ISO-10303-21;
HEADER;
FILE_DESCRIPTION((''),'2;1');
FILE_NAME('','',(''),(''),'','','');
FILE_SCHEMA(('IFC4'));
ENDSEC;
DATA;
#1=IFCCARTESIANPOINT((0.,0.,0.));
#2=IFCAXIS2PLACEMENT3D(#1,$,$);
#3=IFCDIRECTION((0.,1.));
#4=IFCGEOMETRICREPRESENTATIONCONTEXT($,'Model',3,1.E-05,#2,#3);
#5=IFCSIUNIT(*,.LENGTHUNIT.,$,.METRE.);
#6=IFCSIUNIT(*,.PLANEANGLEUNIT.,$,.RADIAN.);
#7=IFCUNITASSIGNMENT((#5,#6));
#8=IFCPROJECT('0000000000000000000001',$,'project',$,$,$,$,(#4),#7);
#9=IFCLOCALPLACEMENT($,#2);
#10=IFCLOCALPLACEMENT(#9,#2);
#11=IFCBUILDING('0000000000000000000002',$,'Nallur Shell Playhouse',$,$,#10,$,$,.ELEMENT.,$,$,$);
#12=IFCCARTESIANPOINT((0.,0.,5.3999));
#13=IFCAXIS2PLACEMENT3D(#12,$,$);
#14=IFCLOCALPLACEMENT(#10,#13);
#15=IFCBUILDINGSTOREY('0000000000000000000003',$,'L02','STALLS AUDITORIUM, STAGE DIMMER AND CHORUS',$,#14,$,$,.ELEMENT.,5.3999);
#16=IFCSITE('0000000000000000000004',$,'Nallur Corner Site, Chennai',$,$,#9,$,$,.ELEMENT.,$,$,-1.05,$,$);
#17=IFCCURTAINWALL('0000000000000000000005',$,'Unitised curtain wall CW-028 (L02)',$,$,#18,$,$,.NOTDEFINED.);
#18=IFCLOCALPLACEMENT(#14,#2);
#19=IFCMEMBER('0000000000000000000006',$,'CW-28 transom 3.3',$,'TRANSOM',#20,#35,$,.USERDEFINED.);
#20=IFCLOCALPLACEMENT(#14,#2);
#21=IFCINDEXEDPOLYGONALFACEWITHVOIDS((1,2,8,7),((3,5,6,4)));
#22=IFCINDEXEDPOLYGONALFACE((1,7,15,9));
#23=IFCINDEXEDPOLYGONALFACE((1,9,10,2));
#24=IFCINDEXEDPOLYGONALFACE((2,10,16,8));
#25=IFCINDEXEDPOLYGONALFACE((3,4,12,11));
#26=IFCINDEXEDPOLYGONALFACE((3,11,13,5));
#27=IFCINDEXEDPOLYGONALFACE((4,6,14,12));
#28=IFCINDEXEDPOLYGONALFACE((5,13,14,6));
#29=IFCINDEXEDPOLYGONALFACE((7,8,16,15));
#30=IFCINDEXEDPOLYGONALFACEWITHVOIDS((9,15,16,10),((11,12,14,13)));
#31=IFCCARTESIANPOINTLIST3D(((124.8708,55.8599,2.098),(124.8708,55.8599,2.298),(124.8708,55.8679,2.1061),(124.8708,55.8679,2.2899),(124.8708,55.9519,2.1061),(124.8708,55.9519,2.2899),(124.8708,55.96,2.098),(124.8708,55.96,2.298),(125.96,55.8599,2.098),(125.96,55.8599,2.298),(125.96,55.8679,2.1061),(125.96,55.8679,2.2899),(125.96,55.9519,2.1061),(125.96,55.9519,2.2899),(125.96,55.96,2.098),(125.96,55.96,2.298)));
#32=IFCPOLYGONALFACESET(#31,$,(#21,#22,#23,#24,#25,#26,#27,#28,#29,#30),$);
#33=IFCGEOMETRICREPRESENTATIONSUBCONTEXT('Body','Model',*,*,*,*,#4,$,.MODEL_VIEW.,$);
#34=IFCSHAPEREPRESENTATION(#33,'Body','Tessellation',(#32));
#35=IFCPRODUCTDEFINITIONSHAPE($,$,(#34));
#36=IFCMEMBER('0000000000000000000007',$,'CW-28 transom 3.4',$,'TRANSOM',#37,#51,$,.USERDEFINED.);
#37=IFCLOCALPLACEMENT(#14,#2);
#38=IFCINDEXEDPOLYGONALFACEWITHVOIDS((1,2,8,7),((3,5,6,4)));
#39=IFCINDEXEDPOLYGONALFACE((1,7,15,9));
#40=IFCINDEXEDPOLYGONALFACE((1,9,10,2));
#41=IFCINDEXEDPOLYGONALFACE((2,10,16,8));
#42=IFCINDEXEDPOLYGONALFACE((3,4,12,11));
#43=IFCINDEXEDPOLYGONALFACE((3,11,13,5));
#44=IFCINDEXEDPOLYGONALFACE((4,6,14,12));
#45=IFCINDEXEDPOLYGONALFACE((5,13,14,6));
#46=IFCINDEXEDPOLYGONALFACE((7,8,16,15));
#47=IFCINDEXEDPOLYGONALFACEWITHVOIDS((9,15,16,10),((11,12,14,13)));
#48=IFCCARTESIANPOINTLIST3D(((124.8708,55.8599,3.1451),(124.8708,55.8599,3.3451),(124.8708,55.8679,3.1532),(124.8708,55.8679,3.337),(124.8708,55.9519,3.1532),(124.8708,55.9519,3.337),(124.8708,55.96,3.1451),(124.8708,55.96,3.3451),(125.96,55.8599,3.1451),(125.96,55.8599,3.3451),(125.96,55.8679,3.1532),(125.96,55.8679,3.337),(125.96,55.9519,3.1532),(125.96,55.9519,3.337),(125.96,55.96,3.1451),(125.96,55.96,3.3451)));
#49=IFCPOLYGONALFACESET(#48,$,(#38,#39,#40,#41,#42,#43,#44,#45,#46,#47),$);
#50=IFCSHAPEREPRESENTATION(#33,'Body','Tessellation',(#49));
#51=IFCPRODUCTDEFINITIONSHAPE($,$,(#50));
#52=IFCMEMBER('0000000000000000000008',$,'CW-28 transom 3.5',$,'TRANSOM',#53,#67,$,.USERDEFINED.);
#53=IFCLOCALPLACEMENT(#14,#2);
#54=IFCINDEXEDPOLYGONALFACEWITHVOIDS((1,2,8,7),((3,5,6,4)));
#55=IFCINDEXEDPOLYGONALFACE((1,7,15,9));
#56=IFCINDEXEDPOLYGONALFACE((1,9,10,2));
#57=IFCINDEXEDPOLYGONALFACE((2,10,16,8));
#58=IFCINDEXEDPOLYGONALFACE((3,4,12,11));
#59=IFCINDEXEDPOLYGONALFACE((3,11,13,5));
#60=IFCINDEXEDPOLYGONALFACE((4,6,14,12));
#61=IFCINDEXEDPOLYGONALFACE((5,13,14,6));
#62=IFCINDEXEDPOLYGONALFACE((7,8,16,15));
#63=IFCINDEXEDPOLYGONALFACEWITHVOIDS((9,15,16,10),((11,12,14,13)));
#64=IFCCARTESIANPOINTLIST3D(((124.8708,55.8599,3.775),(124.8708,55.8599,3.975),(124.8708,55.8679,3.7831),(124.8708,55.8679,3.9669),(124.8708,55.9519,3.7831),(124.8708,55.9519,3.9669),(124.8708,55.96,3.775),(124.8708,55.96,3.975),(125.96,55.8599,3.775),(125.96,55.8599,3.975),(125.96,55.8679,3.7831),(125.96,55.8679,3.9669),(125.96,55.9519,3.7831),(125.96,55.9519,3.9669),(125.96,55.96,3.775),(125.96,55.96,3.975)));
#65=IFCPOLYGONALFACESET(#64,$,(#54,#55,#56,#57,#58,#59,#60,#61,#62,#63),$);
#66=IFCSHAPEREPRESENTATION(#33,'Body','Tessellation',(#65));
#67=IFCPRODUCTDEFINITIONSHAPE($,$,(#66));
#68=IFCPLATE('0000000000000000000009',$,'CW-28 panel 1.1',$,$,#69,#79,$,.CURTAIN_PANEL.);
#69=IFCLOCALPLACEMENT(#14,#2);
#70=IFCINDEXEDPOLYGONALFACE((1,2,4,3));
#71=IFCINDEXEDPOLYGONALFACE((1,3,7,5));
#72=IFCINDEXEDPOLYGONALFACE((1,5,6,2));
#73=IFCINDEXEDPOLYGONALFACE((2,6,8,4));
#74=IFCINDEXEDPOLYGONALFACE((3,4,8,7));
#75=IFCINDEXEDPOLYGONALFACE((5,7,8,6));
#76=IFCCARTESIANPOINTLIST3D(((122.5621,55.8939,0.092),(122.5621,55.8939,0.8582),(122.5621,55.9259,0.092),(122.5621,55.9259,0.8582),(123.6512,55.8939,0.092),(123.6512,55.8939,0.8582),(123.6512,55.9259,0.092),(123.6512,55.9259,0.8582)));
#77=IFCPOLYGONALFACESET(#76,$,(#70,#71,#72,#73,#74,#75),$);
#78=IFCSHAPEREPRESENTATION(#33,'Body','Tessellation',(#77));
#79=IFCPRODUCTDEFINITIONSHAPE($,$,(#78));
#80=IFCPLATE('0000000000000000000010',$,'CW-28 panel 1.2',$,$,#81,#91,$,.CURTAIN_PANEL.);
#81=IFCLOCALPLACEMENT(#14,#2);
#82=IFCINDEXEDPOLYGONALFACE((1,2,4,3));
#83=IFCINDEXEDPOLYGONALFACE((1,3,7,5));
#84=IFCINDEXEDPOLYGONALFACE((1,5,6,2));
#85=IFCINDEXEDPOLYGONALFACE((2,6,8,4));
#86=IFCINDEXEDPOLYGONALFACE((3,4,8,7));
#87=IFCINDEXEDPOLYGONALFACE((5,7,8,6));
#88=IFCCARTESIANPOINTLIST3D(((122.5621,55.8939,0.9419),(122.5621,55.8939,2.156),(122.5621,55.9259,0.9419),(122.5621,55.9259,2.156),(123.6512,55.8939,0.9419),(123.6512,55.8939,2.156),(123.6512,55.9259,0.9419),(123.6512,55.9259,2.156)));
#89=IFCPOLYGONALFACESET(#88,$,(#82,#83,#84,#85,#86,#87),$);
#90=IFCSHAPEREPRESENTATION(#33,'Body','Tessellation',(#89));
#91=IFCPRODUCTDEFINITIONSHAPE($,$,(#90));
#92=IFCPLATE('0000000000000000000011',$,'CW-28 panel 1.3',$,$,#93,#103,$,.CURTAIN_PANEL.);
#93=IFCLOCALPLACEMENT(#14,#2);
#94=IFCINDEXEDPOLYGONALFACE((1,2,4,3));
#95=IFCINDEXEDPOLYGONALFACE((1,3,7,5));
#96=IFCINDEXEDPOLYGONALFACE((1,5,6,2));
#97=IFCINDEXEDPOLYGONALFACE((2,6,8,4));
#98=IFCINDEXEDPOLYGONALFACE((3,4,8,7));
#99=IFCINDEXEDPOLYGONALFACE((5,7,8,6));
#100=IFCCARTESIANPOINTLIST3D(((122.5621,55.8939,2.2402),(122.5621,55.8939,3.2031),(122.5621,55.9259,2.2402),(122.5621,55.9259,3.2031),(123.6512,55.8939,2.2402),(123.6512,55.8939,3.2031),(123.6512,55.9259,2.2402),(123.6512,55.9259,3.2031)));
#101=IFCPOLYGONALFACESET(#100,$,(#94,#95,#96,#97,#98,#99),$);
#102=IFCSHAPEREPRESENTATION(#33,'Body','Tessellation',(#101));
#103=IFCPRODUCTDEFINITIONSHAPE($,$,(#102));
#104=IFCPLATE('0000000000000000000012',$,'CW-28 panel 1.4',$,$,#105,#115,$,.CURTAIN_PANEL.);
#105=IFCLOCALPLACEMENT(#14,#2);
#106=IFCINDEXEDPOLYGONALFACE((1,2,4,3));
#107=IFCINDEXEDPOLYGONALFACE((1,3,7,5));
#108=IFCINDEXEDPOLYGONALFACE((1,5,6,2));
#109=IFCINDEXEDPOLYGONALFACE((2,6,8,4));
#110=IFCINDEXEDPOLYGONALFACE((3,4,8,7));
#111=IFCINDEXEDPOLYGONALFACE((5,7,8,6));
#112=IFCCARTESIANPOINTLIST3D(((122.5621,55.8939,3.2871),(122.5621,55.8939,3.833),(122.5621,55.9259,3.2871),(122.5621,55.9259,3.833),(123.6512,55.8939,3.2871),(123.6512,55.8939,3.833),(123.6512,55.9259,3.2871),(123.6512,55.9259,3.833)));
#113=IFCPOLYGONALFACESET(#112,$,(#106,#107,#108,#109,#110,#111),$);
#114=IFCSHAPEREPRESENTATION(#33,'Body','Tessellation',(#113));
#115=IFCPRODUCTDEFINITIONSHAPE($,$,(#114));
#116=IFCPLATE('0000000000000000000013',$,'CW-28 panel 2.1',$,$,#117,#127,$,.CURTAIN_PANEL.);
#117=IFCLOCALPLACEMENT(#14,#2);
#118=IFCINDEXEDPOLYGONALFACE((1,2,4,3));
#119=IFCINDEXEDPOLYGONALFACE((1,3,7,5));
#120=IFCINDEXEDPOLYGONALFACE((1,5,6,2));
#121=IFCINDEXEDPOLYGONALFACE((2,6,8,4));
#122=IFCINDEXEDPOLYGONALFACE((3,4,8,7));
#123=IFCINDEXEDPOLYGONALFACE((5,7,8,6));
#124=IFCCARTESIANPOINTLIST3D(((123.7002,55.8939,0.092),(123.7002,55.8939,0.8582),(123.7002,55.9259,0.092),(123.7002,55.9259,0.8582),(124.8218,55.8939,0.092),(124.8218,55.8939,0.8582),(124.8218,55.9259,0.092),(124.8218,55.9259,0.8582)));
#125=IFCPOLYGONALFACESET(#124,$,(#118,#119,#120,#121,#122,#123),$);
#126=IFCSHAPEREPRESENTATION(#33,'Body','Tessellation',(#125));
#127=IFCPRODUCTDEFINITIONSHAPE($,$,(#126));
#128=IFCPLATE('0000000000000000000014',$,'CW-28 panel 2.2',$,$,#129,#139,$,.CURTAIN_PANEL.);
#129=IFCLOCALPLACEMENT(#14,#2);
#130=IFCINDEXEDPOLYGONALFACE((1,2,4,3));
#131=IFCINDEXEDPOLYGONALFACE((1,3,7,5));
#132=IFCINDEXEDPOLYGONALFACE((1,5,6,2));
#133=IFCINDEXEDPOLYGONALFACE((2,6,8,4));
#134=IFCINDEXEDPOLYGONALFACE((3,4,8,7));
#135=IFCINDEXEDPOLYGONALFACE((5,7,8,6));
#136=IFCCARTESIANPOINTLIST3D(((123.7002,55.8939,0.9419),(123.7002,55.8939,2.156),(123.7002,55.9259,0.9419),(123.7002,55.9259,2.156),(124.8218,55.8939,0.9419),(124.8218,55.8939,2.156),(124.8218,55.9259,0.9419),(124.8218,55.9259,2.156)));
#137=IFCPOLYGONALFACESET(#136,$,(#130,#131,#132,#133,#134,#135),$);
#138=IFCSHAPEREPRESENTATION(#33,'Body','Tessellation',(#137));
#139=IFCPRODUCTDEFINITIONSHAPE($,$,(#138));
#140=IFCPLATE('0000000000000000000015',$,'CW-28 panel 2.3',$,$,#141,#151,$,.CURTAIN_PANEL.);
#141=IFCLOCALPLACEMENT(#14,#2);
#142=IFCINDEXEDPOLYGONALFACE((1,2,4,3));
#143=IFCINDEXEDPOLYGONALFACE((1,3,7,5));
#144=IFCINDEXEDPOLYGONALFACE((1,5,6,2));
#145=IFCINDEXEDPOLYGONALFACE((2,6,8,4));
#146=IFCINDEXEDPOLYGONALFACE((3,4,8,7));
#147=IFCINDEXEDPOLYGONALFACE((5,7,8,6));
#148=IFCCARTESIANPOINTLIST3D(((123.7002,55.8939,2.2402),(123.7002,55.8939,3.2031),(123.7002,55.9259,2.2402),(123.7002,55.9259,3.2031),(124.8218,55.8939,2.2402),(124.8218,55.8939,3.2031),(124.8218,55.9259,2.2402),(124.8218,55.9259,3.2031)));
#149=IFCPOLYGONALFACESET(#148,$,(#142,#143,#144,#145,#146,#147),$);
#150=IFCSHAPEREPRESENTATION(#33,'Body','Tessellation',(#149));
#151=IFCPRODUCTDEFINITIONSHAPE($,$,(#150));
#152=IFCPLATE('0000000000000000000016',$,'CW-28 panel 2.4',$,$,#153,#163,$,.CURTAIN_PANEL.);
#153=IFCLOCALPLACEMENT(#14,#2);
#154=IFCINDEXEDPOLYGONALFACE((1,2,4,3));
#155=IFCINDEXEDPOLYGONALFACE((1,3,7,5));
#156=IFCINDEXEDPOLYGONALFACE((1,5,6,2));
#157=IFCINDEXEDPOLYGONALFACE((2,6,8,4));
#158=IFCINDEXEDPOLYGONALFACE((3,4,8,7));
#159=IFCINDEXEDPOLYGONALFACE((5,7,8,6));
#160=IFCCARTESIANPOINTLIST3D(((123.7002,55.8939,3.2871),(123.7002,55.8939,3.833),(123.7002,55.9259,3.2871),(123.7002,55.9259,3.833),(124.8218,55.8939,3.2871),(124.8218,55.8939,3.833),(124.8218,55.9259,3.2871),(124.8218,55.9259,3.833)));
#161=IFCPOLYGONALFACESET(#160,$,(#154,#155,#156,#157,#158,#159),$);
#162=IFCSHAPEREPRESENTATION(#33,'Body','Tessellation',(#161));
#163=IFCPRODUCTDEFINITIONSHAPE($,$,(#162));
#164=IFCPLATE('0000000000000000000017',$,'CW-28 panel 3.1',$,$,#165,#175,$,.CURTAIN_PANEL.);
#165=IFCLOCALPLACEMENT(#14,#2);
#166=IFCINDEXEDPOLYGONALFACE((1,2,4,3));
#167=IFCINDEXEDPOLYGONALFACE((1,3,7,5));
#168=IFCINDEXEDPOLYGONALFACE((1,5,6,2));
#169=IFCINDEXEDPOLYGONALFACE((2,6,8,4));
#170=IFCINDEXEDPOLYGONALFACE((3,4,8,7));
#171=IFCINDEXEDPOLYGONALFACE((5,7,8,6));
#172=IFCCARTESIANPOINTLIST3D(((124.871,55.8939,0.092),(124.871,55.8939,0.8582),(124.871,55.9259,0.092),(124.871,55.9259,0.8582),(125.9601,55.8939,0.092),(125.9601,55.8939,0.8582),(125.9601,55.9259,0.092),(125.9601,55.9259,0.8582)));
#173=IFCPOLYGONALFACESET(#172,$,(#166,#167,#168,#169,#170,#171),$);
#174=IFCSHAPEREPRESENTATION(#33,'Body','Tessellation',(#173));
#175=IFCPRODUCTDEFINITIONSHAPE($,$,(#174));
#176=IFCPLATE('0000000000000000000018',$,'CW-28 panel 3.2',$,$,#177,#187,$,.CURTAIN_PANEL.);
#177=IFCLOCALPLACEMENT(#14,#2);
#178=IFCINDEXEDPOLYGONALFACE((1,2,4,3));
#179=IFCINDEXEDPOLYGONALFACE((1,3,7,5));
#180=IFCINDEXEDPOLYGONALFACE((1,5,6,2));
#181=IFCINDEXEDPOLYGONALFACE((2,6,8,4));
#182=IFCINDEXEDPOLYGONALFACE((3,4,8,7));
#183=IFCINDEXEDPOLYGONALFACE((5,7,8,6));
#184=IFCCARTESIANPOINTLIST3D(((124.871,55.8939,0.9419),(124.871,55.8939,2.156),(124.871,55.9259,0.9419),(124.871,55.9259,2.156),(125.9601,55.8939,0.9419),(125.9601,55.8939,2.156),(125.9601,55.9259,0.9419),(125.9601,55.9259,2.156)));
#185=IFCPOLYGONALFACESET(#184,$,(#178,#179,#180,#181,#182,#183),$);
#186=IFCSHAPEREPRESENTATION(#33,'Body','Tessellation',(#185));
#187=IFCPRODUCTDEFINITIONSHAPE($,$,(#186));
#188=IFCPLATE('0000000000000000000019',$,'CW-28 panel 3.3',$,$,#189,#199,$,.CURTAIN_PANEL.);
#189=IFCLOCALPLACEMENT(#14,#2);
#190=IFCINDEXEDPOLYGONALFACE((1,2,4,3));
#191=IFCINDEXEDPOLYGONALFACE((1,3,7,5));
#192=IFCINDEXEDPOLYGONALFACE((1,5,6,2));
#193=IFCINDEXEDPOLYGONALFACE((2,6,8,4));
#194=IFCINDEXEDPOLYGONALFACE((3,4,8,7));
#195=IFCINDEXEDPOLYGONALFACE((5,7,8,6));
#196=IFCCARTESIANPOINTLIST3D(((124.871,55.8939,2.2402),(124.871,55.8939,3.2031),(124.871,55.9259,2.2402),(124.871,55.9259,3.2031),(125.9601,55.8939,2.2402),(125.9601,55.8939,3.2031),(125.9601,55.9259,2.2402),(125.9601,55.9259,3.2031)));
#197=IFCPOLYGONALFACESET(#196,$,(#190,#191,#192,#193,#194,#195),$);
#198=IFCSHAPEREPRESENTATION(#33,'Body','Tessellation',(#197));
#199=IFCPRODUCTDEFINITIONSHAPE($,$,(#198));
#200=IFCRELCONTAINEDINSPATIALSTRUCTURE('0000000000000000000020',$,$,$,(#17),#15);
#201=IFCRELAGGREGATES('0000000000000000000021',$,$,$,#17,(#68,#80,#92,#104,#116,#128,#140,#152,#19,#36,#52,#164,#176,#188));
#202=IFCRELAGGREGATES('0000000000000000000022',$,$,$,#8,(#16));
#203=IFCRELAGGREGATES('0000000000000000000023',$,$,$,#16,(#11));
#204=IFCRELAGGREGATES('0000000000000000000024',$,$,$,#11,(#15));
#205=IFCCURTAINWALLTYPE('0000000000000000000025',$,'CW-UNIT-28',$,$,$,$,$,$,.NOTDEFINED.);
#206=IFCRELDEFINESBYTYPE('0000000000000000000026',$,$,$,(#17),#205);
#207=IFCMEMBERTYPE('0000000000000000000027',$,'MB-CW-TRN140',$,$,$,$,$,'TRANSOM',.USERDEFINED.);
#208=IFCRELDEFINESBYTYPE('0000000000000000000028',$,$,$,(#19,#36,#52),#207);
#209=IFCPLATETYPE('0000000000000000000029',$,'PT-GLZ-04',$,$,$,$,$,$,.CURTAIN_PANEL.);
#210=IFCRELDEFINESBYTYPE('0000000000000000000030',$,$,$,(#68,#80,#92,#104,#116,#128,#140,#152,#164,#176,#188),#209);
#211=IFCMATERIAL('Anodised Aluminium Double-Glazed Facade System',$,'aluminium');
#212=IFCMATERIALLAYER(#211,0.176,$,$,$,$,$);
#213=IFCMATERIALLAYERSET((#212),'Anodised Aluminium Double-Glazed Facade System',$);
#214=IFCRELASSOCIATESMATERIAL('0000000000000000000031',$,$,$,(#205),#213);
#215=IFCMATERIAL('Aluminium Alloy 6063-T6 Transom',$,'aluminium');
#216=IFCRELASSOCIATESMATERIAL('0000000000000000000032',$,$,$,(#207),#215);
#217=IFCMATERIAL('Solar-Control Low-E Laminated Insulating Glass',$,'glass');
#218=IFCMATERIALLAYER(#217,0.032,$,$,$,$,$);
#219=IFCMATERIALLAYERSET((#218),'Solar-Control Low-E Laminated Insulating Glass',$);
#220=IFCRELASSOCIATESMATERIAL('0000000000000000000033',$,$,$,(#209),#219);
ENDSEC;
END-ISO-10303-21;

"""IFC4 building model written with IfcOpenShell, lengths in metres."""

from ifc_helpers import new_model, si_unit, direction, frame, origin, origin_2d, place, context, subcontext, project, spatial, rectangle, hollow_rectangle, extrude, material, layer, layer_set, material_profile, profile_set, type_object, element, aggregate, save


model = new_model("IFC4")

# Units and contexts
model_context = context("Model", 3, precision=1e-05, world=origin(), true_north=direction((0.0, 1.0)))
body_context = subcontext(model_context, "Body", "Model", "MODEL_VIEW")
ifc_project = project(units=[si_unit("LENGTHUNIT", "METRE"), si_unit("PLANEANGLEUNIT", "RADIAN")], contexts=[model_context])

# Site, building, storey
site_placement = place(None, origin())
site = spatial("IfcSite", under=ifc_project, at=site_placement, Name="Nallur Corner Site, Chennai", CompositionType="ELEMENT", RefElevation=-1.05)
building_placement = place(site_placement, origin())
building = spatial("IfcBuilding", under=site, at=building_placement, Name="Nallur Shell Playhouse", CompositionType="ELEMENT")
storey_placement = place(building_placement, frame((0.0, 0.0, 5.3999)))
storey = spatial("IfcBuildingStorey", under=building, at=storey_placement, Name="L02", Description="STALLS AUDITORIUM, STAGE DIMMER AND CHORUS", CompositionType="ELEMENT", Elevation=5.3999)

# Shared definitions
ifc_material_1 = material(Name="Anodised Aluminium Double-Glazed Facade System", Category="aluminium")

# Curtain wall
ifc_layer_1 = layer(ifc_material_1, 0.176)
ifc_layer_set_1 = layer_set([ifc_layer_1], Name="Anodised Aluminium Double-Glazed Facade System")
curtain_wall_type_1 = type_object("IfcCurtainWallType", Name="CW-UNIT-28", PredefinedType="NOTDEFINED", material=ifc_layer_set_1)
curtain_wall_1_placement = place(storey_placement, origin())
curtain_wall_1 = element("IfcCurtainWall", 1, at=curtain_wall_1_placement, inside=storey, type_object=curtain_wall_type_1, Name="Unitised curtain wall CW-028 (L02)", PredefinedType="NOTDEFINED")

# Members
ifc_material_2 = material(Name="Aluminium Alloy 6063-T6 Transom", Category="aluminium")
ifc_material_profile_1 = material_profile(ifc_material_2, hollow_rectangle(XDim=0.1001, YDim=0.2, WallThickness=0.0081, at=origin_2d()), Name="RHS 200x100x8")
ifc_profile_set_1 = profile_set([ifc_material_profile_1], Name="Aluminium Alloy 6063-T6 Transom")
member_type_1 = type_object("IfcMemberType", Name="MB-CW-TRN140", ElementType="TRANSOM", PredefinedType="USERDEFINED", material=ifc_profile_set_1)
member_1_placement = place(storey_placement, frame((124.8708, 55.9099, 2.198), z_axis=(1.0, 0.0, 0.0), x_axis=(0.0, 1.0, 0.0)))
member_1 = element("IfcMember", 2, at=member_1_placement, type_object=member_type_1, Name="CW-28 transom 3.3", ObjectType="TRANSOM", PredefinedType="USERDEFINED", context=body_context, shape_type="SweptSolid", body=[
    extrude(hollow_rectangle(XDim=0.1001, YDim=0.2, WallThickness=0.0081, at=origin_2d()), origin(), (0.0, 0.0, 1.0), 1.0891),
])
member_2_placement = place(storey_placement, frame((124.8708, 55.9099, 3.2451), z_axis=(1.0, 0.0, 0.0), x_axis=(0.0, 1.0, 0.0)))
member_2 = element("IfcMember", 3, at=member_2_placement, type_object=member_type_1, Name="CW-28 transom 3.4", ObjectType="TRANSOM", PredefinedType="USERDEFINED", context=body_context, shape_type="SweptSolid", body=[
    extrude(hollow_rectangle(XDim=0.1001, YDim=0.2, WallThickness=0.0081, at=origin_2d()), origin(), (0.0, 0.0, 1.0), 1.0891),
])
member_3_placement = place(storey_placement, frame((124.8708, 55.9099, 3.875), z_axis=(1.0, 0.0, 0.0), x_axis=(0.0, 1.0, 0.0)))
member_3 = element("IfcMember", 4, at=member_3_placement, type_object=member_type_1, Name="CW-28 transom 3.5", ObjectType="TRANSOM", PredefinedType="USERDEFINED", context=body_context, shape_type="SweptSolid", body=[
    extrude(hollow_rectangle(XDim=0.1001, YDim=0.2, WallThickness=0.0081, at=origin_2d()), origin(), (0.0, 0.0, 1.0), 1.0891),
])

# Plates
ifc_material_3 = material(Name="Solar-Control Low-E Laminated Insulating Glass", Category="glass")
ifc_layer_2 = layer(ifc_material_3, 0.032)
ifc_layer_set_2 = layer_set([ifc_layer_2], Name="Solar-Control Low-E Laminated Insulating Glass")
plate_type_1 = type_object("IfcPlateType", Name="PT-GLZ-04", PredefinedType="CURTAIN_PANEL", material=ifc_layer_set_2)
plate_1_placement = place(storey_placement, frame((123.1067, 55.9099, 0.092), z_axis=(0.0, 0.0, 1.0), x_axis=(1.0, 0.0, 0.0)))
plate_1 = element("IfcPlate", 5, at=plate_1_placement, type_object=plate_type_1, Name="CW-28 panel 1.1", PredefinedType="CURTAIN_PANEL", context=body_context, shape_type="SweptSolid", body=[
    extrude(rectangle(XDim=1.0891, YDim=0.032, at=origin_2d()), origin(), (0.0, 0.0, 1.0), 0.7661),
])
plate_2_placement = place(storey_placement, frame((123.1067, 55.9099, 0.9419), z_axis=(0.0, 0.0, 1.0), x_axis=(1.0, 0.0, 0.0)))
plate_2 = element("IfcPlate", 6, at=plate_2_placement, type_object=plate_type_1, Name="CW-28 panel 1.2", PredefinedType="CURTAIN_PANEL", context=body_context, shape_type="SweptSolid", body=[
    extrude(rectangle(XDim=1.0891, YDim=0.032, at=origin_2d()), origin(), (0.0, 0.0, 1.0), 1.2141),
])
plate_3_placement = place(storey_placement, frame((123.1067, 55.9099, 2.2402), z_axis=(0.0, 0.0, 1.0), x_axis=(1.0, 0.0, 0.0)))
plate_3 = element("IfcPlate", 7, at=plate_3_placement, type_object=plate_type_1, Name="CW-28 panel 1.3", PredefinedType="CURTAIN_PANEL", context=body_context, shape_type="SweptSolid", body=[
    extrude(rectangle(XDim=1.0891, YDim=0.032, at=origin_2d()), origin(), (0.0, 0.0, 1.0), 0.9629),
])
plate_4_placement = place(storey_placement, frame((123.1067, 55.9099, 3.2871), z_axis=(0.0, 0.0, 1.0), x_axis=(1.0, 0.0, 0.0)))
plate_4 = element("IfcPlate", 8, at=plate_4_placement, type_object=plate_type_1, Name="CW-28 panel 1.4", PredefinedType="CURTAIN_PANEL", context=body_context, shape_type="SweptSolid", body=[
    extrude(rectangle(XDim=1.0891, YDim=0.032, at=origin_2d()), origin(), (0.0, 0.0, 1.0), 0.5459),
])
plate_5_placement = place(storey_placement, frame((124.261, 55.9099, 0.092), z_axis=(0.0, 0.0, 1.0), x_axis=(1.0, 0.0, 0.0)))
plate_5 = element("IfcPlate", 9, at=plate_5_placement, type_object=plate_type_1, Name="CW-28 panel 2.1", PredefinedType="CURTAIN_PANEL", context=body_context, shape_type="SweptSolid", body=[
    extrude(rectangle(XDim=1.1216, YDim=0.032, at=origin_2d()), origin(), (0.0, 0.0, 1.0), 0.7661),
])
plate_6_placement = place(storey_placement, frame((124.261, 55.9099, 0.9419), z_axis=(0.0, 0.0, 1.0), x_axis=(1.0, 0.0, 0.0)))
plate_6 = element("IfcPlate", 10, at=plate_6_placement, type_object=plate_type_1, Name="CW-28 panel 2.2", PredefinedType="CURTAIN_PANEL", context=body_context, shape_type="SweptSolid", body=[
    extrude(rectangle(XDim=1.1216, YDim=0.032, at=origin_2d()), origin(), (0.0, 0.0, 1.0), 1.2141),
])
plate_7_placement = place(storey_placement, frame((124.261, 55.9099, 2.2402), z_axis=(0.0, 0.0, 1.0), x_axis=(1.0, 0.0, 0.0)))
plate_7 = element("IfcPlate", 11, at=plate_7_placement, type_object=plate_type_1, Name="CW-28 panel 2.3", PredefinedType="CURTAIN_PANEL", context=body_context, shape_type="SweptSolid", body=[
    extrude(rectangle(XDim=1.1216, YDim=0.032, at=origin_2d()), origin(), (0.0, 0.0, 1.0), 0.9629),
])
plate_8_placement = place(storey_placement, frame((124.261, 55.9099, 3.2871), z_axis=(0.0, 0.0, 1.0), x_axis=(1.0, 0.0, 0.0)))
plate_8 = element("IfcPlate", 12, at=plate_8_placement, type_object=plate_type_1, Name="CW-28 panel 2.4", PredefinedType="CURTAIN_PANEL", context=body_context, shape_type="SweptSolid", body=[
    extrude(rectangle(XDim=1.1216, YDim=0.032, at=origin_2d()), origin(), (0.0, 0.0, 1.0), 0.5459),
])
plate_9_placement = place(storey_placement, frame((125.4155, 55.9099, 0.092), z_axis=(0.0, 0.0, 1.0), x_axis=(1.0, 0.0, 0.0)))
plate_9 = element("IfcPlate", 13, at=plate_9_placement, type_object=plate_type_1, Name="CW-28 panel 3.1", PredefinedType="CURTAIN_PANEL", context=body_context, shape_type="SweptSolid", body=[
    extrude(rectangle(XDim=1.0891, YDim=0.032, at=origin_2d()), origin(), (0.0, 0.0, 1.0), 0.7661),
])
plate_10_placement = place(storey_placement, frame((125.4155, 55.9099, 0.9419), z_axis=(0.0, 0.0, 1.0), x_axis=(1.0, 0.0, 0.0)))
plate_10 = element("IfcPlate", 14, at=plate_10_placement, type_object=plate_type_1, Name="CW-28 panel 3.2", PredefinedType="CURTAIN_PANEL", context=body_context, shape_type="SweptSolid", body=[
    extrude(rectangle(XDim=1.0891, YDim=0.032, at=origin_2d()), origin(), (0.0, 0.0, 1.0), 1.2141),
])
plate_11_placement = place(storey_placement, frame((125.4155, 55.9099, 2.2402), z_axis=(0.0, 0.0, 1.0), x_axis=(1.0, 0.0, 0.0)))
plate_11 = element("IfcPlate", 15, at=plate_11_placement, type_object=plate_type_1, Name="CW-28 panel 3.3", PredefinedType="CURTAIN_PANEL", context=body_context, shape_type="SweptSolid", body=[
    extrude(rectangle(XDim=1.0891, YDim=0.032, at=origin_2d()), origin(), (0.0, 0.0, 1.0), 0.9629),
])
aggregate(curtain_wall_1, [plate_1, plate_2, plate_3, plate_4, plate_5, plate_6, plate_7, plate_8, member_1, member_2, member_3, plate_9, plate_10, plate_11])

save(model, "model.ifc")
